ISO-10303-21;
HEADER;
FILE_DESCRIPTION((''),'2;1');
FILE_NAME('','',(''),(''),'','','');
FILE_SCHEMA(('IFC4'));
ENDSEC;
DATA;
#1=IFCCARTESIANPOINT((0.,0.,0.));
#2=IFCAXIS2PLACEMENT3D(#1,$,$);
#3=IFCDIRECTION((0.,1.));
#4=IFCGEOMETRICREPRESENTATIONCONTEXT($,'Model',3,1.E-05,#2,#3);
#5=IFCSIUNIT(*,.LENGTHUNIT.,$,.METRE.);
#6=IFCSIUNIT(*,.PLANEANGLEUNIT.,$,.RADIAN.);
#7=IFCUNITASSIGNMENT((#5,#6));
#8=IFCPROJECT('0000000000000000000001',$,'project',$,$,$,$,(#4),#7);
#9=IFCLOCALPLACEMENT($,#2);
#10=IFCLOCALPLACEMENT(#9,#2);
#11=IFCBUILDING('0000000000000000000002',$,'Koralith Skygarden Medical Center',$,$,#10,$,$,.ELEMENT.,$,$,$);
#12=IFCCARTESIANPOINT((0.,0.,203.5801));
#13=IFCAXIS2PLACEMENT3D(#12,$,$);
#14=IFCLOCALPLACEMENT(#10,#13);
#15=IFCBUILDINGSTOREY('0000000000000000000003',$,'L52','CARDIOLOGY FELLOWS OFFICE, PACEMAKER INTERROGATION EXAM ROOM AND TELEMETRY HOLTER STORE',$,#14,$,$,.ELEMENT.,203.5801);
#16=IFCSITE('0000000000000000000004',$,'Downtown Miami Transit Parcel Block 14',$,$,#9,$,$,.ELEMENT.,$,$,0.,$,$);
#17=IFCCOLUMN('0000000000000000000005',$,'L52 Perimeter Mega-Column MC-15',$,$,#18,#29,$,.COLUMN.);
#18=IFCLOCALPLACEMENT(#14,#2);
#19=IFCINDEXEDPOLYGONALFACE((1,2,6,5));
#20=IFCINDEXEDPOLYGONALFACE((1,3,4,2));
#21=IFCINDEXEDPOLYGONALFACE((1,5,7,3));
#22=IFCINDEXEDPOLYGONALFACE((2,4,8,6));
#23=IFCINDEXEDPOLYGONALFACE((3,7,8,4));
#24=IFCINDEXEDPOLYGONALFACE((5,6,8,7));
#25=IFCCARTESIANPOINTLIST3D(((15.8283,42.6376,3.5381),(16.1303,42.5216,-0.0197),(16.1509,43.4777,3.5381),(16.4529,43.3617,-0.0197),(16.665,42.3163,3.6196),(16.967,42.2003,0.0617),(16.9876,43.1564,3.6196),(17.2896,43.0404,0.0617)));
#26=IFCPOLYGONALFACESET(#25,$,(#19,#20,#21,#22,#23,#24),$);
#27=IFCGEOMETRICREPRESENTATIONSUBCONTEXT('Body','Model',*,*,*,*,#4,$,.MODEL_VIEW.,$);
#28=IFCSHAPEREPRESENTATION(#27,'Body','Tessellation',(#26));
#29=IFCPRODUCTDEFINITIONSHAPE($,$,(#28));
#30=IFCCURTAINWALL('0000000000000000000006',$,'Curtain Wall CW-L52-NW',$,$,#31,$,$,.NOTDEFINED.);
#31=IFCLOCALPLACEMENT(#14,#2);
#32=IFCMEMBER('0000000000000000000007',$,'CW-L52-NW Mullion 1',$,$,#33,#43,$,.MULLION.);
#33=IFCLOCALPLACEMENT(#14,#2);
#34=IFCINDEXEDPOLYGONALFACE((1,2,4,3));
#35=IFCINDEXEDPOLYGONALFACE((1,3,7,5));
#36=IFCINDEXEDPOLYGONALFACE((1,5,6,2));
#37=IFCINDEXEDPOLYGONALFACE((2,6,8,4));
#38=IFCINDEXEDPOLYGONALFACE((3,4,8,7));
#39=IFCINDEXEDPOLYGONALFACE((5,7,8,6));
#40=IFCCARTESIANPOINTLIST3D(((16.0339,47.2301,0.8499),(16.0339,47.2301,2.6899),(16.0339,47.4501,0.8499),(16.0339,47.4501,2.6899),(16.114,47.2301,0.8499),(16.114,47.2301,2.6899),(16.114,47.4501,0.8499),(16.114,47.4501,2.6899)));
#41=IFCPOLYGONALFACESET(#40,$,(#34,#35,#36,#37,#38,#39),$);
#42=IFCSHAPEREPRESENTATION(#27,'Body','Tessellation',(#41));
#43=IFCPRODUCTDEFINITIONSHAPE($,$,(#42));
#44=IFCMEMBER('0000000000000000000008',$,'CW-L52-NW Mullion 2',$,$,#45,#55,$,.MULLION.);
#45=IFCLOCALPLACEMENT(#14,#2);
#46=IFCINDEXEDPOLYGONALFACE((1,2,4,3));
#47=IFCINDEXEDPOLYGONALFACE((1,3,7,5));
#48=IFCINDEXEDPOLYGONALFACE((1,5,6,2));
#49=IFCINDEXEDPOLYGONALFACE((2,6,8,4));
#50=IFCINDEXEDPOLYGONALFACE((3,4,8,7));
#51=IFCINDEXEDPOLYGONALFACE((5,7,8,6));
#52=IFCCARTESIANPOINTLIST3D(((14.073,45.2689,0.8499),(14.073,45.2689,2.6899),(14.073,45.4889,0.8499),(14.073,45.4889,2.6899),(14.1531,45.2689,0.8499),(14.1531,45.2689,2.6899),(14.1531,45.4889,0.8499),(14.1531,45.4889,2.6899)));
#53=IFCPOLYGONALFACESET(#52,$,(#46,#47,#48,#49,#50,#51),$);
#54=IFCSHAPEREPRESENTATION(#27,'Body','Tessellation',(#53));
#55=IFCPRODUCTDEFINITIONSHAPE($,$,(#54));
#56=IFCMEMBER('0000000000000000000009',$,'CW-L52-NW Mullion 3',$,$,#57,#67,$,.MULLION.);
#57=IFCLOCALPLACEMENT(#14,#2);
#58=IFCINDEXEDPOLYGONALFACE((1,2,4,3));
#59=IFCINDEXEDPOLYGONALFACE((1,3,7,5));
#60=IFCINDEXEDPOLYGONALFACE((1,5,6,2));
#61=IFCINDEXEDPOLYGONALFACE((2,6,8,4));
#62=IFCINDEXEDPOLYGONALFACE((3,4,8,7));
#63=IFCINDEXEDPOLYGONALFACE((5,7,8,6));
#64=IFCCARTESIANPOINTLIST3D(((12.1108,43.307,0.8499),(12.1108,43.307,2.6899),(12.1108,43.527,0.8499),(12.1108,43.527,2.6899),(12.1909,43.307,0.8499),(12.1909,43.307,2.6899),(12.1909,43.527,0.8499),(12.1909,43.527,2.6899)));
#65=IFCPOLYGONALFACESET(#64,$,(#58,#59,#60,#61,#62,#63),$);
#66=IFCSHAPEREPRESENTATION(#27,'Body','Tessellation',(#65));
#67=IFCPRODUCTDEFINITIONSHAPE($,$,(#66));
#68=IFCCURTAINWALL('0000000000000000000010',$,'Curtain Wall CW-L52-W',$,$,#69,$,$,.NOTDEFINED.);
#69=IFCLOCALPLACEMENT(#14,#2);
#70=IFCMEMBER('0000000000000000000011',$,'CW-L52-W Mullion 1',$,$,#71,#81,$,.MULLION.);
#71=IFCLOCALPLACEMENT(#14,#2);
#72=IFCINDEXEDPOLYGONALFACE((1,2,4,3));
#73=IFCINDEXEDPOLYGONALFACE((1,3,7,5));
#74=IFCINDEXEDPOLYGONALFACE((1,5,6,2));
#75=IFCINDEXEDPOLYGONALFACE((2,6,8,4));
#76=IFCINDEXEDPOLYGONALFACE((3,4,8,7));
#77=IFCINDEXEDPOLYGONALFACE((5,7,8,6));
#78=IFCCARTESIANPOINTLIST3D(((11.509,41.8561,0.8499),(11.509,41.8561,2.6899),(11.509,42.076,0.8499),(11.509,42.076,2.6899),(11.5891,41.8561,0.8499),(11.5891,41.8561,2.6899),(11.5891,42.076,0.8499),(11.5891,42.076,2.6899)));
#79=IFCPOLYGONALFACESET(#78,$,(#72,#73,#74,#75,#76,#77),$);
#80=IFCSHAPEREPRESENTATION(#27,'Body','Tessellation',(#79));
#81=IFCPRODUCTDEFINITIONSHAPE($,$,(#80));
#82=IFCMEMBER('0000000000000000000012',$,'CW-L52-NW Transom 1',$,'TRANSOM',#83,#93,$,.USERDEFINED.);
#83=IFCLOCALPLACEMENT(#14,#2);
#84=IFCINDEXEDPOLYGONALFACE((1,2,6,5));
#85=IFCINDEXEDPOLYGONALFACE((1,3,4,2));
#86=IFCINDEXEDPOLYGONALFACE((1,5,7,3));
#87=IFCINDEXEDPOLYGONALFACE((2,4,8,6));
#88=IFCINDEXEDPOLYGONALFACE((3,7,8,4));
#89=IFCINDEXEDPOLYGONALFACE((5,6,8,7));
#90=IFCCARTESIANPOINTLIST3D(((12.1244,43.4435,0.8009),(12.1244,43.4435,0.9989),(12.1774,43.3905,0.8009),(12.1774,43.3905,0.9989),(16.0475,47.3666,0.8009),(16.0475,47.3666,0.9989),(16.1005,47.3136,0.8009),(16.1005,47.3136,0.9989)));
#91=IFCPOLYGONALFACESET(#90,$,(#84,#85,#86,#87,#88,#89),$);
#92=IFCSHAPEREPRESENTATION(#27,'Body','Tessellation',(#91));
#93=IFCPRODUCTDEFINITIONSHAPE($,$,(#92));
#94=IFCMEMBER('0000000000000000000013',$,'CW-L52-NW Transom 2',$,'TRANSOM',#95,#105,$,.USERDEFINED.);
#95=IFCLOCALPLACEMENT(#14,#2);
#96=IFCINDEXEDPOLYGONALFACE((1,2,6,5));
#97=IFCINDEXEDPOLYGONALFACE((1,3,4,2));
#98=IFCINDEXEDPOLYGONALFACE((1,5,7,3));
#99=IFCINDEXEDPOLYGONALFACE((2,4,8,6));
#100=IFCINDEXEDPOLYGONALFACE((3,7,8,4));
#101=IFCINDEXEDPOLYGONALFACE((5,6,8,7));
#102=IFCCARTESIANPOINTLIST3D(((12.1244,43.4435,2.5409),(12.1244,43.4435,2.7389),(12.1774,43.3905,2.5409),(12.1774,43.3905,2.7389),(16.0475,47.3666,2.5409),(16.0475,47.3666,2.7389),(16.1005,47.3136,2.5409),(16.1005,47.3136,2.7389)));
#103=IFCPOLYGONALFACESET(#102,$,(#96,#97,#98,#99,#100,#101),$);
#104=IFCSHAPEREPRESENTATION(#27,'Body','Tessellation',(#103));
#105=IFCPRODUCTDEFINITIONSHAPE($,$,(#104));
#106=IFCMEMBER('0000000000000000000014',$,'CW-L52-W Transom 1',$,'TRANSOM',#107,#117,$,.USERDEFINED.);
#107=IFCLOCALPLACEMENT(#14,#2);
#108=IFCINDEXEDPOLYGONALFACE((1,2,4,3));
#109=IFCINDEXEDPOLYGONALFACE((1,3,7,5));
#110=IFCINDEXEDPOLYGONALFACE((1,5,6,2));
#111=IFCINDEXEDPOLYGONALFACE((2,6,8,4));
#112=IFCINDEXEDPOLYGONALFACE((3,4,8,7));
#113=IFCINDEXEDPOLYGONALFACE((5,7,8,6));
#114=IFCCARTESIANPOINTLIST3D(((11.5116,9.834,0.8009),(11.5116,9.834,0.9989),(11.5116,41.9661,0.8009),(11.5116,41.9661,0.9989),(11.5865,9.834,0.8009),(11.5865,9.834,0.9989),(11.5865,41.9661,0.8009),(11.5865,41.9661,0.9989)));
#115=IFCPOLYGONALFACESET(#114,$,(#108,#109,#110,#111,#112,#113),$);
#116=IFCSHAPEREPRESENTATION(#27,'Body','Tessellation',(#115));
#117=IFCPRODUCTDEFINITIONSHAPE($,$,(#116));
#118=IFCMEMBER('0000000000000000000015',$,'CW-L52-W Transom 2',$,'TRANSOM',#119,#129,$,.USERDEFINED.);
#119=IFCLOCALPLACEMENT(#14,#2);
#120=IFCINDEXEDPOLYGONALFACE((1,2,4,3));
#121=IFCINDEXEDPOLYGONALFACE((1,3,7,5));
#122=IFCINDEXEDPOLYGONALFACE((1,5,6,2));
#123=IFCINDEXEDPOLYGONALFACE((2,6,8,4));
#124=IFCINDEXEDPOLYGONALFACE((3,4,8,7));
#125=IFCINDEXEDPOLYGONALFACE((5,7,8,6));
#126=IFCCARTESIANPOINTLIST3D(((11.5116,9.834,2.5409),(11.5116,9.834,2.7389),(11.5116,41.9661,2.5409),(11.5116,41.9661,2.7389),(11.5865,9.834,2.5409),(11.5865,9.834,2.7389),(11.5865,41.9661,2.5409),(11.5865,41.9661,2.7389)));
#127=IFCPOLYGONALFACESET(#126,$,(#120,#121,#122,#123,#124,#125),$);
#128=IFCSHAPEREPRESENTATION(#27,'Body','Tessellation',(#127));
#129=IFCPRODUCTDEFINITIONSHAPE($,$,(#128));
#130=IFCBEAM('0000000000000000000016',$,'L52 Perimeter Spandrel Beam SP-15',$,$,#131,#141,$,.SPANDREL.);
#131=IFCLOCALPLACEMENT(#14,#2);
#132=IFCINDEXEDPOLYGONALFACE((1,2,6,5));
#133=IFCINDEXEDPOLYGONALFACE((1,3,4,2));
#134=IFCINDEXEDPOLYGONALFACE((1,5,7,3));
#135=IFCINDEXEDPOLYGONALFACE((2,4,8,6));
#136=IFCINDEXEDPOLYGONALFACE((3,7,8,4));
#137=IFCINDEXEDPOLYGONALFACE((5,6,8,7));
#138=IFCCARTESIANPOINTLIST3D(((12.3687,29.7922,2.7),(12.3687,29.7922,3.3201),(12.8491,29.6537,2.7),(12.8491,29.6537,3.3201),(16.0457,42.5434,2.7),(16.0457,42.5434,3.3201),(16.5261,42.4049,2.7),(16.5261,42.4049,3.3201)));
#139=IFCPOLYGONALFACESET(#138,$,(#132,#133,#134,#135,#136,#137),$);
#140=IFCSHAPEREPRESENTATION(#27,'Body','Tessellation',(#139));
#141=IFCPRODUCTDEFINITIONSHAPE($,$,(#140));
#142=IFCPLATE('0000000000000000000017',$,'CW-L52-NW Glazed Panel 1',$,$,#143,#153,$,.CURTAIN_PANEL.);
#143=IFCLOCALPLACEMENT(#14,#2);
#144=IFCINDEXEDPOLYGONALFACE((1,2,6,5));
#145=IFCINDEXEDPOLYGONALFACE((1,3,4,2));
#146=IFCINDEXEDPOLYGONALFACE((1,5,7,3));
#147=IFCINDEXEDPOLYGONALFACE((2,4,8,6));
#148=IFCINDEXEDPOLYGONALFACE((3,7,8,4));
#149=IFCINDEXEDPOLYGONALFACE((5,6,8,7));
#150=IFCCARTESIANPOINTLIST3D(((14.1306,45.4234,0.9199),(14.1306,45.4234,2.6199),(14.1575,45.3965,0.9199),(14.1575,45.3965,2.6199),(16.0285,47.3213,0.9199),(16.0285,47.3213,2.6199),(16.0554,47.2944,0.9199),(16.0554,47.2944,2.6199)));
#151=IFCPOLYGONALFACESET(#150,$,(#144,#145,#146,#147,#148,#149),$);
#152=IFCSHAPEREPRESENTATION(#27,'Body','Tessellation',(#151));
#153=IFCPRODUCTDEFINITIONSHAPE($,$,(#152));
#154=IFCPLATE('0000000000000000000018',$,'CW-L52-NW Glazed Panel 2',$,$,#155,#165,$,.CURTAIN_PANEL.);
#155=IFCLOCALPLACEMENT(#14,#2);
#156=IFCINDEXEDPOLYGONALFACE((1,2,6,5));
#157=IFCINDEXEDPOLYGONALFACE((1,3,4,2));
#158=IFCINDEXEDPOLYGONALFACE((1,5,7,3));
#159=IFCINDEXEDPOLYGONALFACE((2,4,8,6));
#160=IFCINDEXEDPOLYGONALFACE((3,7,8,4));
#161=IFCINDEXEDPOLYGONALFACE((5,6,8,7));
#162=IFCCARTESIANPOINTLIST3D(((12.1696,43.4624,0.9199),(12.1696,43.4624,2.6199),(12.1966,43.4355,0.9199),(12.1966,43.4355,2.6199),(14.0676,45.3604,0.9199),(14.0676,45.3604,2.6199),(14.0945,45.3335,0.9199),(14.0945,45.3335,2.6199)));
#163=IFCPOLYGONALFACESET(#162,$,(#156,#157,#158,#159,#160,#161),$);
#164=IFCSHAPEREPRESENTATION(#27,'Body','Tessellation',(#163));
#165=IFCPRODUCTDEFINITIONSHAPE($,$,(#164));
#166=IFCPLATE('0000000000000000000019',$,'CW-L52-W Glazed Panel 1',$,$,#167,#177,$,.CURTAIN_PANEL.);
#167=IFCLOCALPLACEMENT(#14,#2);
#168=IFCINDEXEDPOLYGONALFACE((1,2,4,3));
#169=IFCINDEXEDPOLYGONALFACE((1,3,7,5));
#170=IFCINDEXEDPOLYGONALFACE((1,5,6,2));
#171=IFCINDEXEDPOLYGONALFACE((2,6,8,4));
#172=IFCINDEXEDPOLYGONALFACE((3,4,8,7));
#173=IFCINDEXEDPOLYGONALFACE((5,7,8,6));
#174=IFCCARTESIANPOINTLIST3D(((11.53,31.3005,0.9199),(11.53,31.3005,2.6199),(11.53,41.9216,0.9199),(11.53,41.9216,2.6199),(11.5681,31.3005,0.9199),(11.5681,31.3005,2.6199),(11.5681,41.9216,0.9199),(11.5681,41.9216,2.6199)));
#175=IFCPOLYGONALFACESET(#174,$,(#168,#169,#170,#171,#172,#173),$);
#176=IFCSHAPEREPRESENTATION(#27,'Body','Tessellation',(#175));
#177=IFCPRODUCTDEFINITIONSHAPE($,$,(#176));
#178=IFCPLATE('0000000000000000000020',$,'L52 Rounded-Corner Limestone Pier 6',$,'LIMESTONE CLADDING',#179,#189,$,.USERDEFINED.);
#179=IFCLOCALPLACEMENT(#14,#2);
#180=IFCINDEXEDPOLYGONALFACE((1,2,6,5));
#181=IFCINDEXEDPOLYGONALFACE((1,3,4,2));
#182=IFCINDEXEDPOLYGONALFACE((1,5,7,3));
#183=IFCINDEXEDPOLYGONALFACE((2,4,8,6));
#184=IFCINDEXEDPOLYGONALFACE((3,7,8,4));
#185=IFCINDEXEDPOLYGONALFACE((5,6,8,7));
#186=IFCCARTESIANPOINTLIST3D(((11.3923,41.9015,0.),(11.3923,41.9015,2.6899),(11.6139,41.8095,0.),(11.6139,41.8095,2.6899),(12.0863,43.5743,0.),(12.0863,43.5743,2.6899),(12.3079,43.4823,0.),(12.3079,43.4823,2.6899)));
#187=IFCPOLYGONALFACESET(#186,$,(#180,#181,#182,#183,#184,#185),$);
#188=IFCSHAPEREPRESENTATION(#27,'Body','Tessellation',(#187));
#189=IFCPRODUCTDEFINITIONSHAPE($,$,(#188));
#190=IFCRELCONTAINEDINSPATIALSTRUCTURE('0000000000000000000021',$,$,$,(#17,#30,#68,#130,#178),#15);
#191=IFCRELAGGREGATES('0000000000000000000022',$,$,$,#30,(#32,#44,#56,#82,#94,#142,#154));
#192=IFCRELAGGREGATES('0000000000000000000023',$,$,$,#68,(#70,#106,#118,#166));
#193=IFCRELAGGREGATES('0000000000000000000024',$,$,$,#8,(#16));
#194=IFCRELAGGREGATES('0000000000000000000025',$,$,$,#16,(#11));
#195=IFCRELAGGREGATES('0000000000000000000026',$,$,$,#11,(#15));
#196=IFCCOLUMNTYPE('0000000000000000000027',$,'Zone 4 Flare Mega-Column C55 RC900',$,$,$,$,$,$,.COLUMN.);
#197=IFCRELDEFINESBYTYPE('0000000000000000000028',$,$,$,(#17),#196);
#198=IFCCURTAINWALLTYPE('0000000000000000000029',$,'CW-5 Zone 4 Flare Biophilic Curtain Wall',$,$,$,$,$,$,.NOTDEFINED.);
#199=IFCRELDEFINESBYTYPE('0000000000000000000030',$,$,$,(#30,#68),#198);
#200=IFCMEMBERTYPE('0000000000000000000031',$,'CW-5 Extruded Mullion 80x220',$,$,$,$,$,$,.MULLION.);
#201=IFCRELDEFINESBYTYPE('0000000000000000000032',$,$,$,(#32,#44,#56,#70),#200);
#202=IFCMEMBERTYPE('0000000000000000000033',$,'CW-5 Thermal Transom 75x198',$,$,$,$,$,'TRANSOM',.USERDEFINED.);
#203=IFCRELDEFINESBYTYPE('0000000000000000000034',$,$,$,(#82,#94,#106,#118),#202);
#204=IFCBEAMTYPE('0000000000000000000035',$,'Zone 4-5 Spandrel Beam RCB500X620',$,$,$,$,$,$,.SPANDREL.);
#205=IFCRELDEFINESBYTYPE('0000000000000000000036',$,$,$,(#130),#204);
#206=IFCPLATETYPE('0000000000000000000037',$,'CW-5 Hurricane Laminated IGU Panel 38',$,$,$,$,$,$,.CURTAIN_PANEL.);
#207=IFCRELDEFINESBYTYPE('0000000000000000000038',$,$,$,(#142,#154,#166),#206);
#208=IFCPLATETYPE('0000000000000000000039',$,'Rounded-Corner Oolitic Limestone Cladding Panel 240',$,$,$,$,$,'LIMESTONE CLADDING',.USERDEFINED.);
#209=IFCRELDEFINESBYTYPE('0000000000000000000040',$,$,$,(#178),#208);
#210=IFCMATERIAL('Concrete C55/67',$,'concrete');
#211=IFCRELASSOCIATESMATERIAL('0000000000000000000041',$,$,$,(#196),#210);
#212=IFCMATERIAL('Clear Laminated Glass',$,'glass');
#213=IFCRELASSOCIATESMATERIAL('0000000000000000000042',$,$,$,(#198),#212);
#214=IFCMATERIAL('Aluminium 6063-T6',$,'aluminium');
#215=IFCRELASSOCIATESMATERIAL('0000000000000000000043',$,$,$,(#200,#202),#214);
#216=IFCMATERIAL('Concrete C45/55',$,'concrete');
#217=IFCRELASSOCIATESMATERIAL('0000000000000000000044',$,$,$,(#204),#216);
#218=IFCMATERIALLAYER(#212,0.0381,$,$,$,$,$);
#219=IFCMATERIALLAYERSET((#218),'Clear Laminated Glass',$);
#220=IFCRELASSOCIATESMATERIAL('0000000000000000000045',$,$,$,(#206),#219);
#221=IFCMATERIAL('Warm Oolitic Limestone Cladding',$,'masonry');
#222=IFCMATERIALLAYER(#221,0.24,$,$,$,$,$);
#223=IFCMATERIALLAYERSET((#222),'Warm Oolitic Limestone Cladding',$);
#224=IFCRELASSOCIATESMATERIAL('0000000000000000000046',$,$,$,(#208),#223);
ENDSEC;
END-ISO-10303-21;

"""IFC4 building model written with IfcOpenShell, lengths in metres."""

from ifc_helpers import new_model, si_unit, direction, frame, origin, origin_2d, place, context, subcontext, project, spatial, rectangle, extrude, material, layer, layer_set, material_profile, profile_set, type_object, element, aggregate, save


model = new_model("IFC4")

# Units and contexts
model_context = context("Model", 3, precision=1e-05, world=origin(), true_north=direction((0.0, 1.0)))
body_context = subcontext(model_context, "Body", "Model", "MODEL_VIEW")
ifc_project = project(units=[si_unit("LENGTHUNIT", "METRE"), si_unit("PLANEANGLEUNIT", "RADIAN")], contexts=[model_context])

# Site, building, storey
site_placement = place(None, origin())
site = spatial("IfcSite", under=ifc_project, at=site_placement, Name="Downtown Miami Transit Parcel Block 14", CompositionType="ELEMENT", RefElevation=0.0)
building_placement = place(site_placement, origin())
building = spatial("IfcBuilding", under=site, at=building_placement, Name="Koralith Skygarden Medical Center", CompositionType="ELEMENT")
storey_placement = place(building_placement, frame((0.0, 0.0, 203.5801)))
storey = spatial("IfcBuildingStorey", under=building, at=storey_placement, Name="L52", Description="CARDIOLOGY FELLOWS OFFICE, PACEMAKER INTERROGATION EXAM ROOM AND TELEMETRY HOLTER STORE", CompositionType="ELEMENT", Elevation=203.5801)

# Column
ifc_material_1 = material(Name="Concrete C55/67", Category="concrete")
ifc_material_profile_1 = material_profile(ifc_material_1, rectangle(XDim=0.8999, YDim=0.8999, at=origin_2d()), Name="RC900X900")
ifc_profile_set_1 = profile_set([ifc_material_profile_1], Name="Concrete C55/67")
column_type = type_object("IfcColumnType", Name="Zone 4 Flare Mega-Column C55 RC900", PredefinedType="COLUMN", material=ifc_profile_set_1)
column_placement = place(storey_placement, frame((16.71, 42.781, 0.021), z_axis=(-0.084534, 0.032461, 0.995892), x_axis=(-0.358473, -0.93354, 0.0)))
element("IfcColumn", 1, at=column_placement, inside=storey, type_object=column_type, Name="L52 Perimeter Mega-Column MC-15", PredefinedType="COLUMN", context=body_context, shape_type="SweptSolid", body=[
    extrude(rectangle(XDim=0.8999, YDim=0.8999, at=origin_2d()), origin(), (0.0, 0.0, 1.0), 3.5725),
])

# Curtain wall, members
ifc_material_2 = material(Name="Clear Laminated Glass", Category="glass")
curtain_wall_type = type_object("IfcCurtainWallType", Name="CW-5 Zone 4 Flare Biophilic Curtain Wall", PredefinedType="NOTDEFINED", material=ifc_material_2)
curtain_wall_1_placement = place(storey_placement, origin())
curtain_wall_1 = element("IfcCurtainWall", 2, at=curtain_wall_1_placement, inside=storey, type_object=curtain_wall_type, Name="Curtain Wall CW-L52-NW", PredefinedType="NOTDEFINED")
ifc_material_3 = material(Name="Aluminium 6063-T6", Category="aluminium")
ifc_material_profile_2 = material_profile(ifc_material_3, rectangle(XDim=0.0801, YDim=0.22, at=origin_2d()), Name="MUL80X220")
ifc_profile_set_2 = profile_set([ifc_material_profile_2], Name="Aluminium 6063-T6")
member_type_1 = type_object("IfcMemberType", Name="CW-5 Extruded Mullion 80x220", PredefinedType="MULLION", material=ifc_profile_set_2)
member_1_placement = place(storey_placement, frame((16.074, 47.3401, 0.8499), z_axis=(0.0, 0.0, 1.0), x_axis=(1.0, 0.0, 0.0)))
member_1 = element("IfcMember", 3, at=member_1_placement, type_object=member_type_1, Name="CW-L52-NW Mullion 1", PredefinedType="MULLION", context=body_context, shape_type="SweptSolid", body=[
    extrude(rectangle(XDim=0.0801, YDim=0.22, at=origin_2d()), origin(), (0.0, 0.0, 1.0), 1.8401),
])
member_2_placement = place(storey_placement, frame((14.113, 45.3789, 0.8499), z_axis=(0.0, 0.0, 1.0), x_axis=(1.0, 0.0, 0.0)))
member_2 = element("IfcMember", 4, at=member_2_placement, type_object=member_type_1, Name="CW-L52-NW Mullion 2", PredefinedType="MULLION", context=body_context, shape_type="SweptSolid", body=[
    extrude(rectangle(XDim=0.0801, YDim=0.22, at=origin_2d()), origin(), (0.0, 0.0, 1.0), 1.8401),
])
member_3_placement = place(storey_placement, frame((12.1509, 43.417, 0.8499), z_axis=(0.0, 0.0, 1.0), x_axis=(1.0, 0.0, 0.0)))
member_3 = element("IfcMember", 5, at=member_3_placement, type_object=member_type_1, Name="CW-L52-NW Mullion 3", PredefinedType="MULLION", context=body_context, shape_type="SweptSolid", body=[
    extrude(rectangle(XDim=0.0801, YDim=0.22, at=origin_2d()), origin(), (0.0, 0.0, 1.0), 1.8401),
])

# Curtain wall, member
curtain_wall_2_placement = place(storey_placement, origin())
curtain_wall_2 = element("IfcCurtainWall", 6, at=curtain_wall_2_placement, inside=storey, type_object=curtain_wall_type, Name="Curtain Wall CW-L52-W", PredefinedType="NOTDEFINED")
member_4_placement = place(storey_placement, frame((11.5491, 41.9661, 0.8499), z_axis=(0.0, 0.0, 1.0), x_axis=(1.0, 0.0, 0.0)))
member_4 = element("IfcMember", 7, at=member_4_placement, type_object=member_type_1, Name="CW-L52-W Mullion 1", PredefinedType="MULLION", context=body_context, shape_type="SweptSolid", body=[
    extrude(rectangle(XDim=0.0801, YDim=0.22, at=origin_2d()), origin(), (0.0, 0.0, 1.0), 1.8401),
])

# Members
ifc_material_profile_3 = material_profile(ifc_material_3, rectangle(XDim=0.075, YDim=0.198, at=origin_2d()), Name="TRN75X198")
ifc_profile_set_3 = profile_set([ifc_material_profile_3], Name="Aluminium 6063-T6")
member_type_2 = type_object("IfcMemberType", Name="CW-5 Thermal Transom 75x198", ElementType="TRANSOM", PredefinedType="USERDEFINED", material=ifc_profile_set_3)
member_5_placement = place(storey_placement, frame((16.074, 47.3401, 0.8999), z_axis=(-0.707107, -0.707107, 0.0), x_axis=(0.707107, -0.707107, 0.0)))
member_5 = element("IfcMember", 8, at=member_5_placement, type_object=member_type_2, Name="CW-L52-NW Transom 1", ObjectType="TRANSOM", PredefinedType="USERDEFINED", context=body_context, shape_type="SweptSolid", body=[
    extrude(rectangle(XDim=0.075, YDim=0.198, at=origin_2d()), origin(), (0.0, 0.0, 1.0), 5.5481),
])
member_6_placement = place(storey_placement, frame((16.074, 47.3401, 2.6399), z_axis=(-0.707107, -0.707107, 0.0), x_axis=(0.707107, -0.707107, 0.0)))
member_6 = element("IfcMember", 9, at=member_6_placement, type_object=member_type_2, Name="CW-L52-NW Transom 2", ObjectType="TRANSOM", PredefinedType="USERDEFINED", context=body_context, shape_type="SweptSolid", body=[
    extrude(rectangle(XDim=0.075, YDim=0.198, at=origin_2d()), origin(), (0.0, 0.0, 1.0), 5.5481),
])
member_7_placement = place(storey_placement, frame((11.5491, 41.9661, 0.8999), z_axis=(0.0, -1.0, 0.0), x_axis=(1.0, 0.0, 0.0)))
member_7 = element("IfcMember", 10, at=member_7_placement, type_object=member_type_2, Name="CW-L52-W Transom 1", ObjectType="TRANSOM", PredefinedType="USERDEFINED", context=body_context, shape_type="SweptSolid", body=[
    extrude(rectangle(XDim=0.075, YDim=0.198, at=origin_2d()), origin(), (0.0, 0.0, 1.0), 32.1321),
])
member_8_placement = place(storey_placement, frame((11.5491, 41.9661, 2.6399), z_axis=(0.0, -1.0, 0.0), x_axis=(1.0, 0.0, 0.0)))
member_8 = element("IfcMember", 11, at=member_8_placement, type_object=member_type_2, Name="CW-L52-W Transom 2", ObjectType="TRANSOM", PredefinedType="USERDEFINED", context=body_context, shape_type="SweptSolid", body=[
    extrude(rectangle(XDim=0.075, YDim=0.198, at=origin_2d()), origin(), (0.0, 0.0, 1.0), 32.1321),
])

# Beam
ifc_material_4 = material(Name="Concrete C45/55", Category="concrete")
ifc_material_profile_4 = material_profile(ifc_material_4, rectangle(XDim=0.5, YDim=0.6201, at=origin_2d()), Name="RCB500X620")
ifc_profile_set_4 = profile_set([ifc_material_profile_4], Name="Concrete C45/55")
beam_type = type_object("IfcBeamType", Name="Zone 4-5 Spandrel Beam RCB500X620", PredefinedType="SPANDREL", material=ifc_profile_set_4)
beam_placement = place(storey_placement, frame((16.2859, 42.4741, 3.01), z_axis=(-0.277075, -0.960848, 0.0), x_axis=(0.960848, -0.277075, 0.0)))
element("IfcBeam", 12, at=beam_placement, inside=storey, type_object=beam_type, Name="L52 Perimeter Spandrel Beam SP-15", PredefinedType="SPANDREL", context=body_context, shape_type="SweptSolid", body=[
    extrude(rectangle(XDim=0.5, YDim=0.6201, at=origin_2d()), origin(), (0.0, 0.0, 1.0), 13.2708),
])

# Plates
ifc_layer_1 = layer(ifc_material_2, 0.0381)
ifc_layer_set_1 = layer_set([ifc_layer_1], Name="Clear Laminated Glass")
plate_type_1 = type_object("IfcPlateType", Name="CW-5 Hurricane Laminated IGU Panel 38", PredefinedType="CURTAIN_PANEL", material=ifc_layer_set_1)
plate_1_placement = place(storey_placement, frame((15.093, 46.3589, 0.9199), z_axis=(0.0, 0.0, 1.0), x_axis=(-0.707107, -0.707107, 0.0)))
plate_1 = element("IfcPlate", 13, at=plate_1_placement, type_object=plate_type_1, Name="CW-L52-NW Glazed Panel 1", PredefinedType="CURTAIN_PANEL", context=body_context, shape_type="SweptSolid", body=[
    extrude(rectangle(XDim=2.6841, YDim=0.0381, at=origin_2d()), origin(), (0.0, 0.0, 1.0), 1.7),
])
plate_2_placement = place(storey_placement, frame((13.1321, 44.3979, 0.9199), z_axis=(0.0, 0.0, 1.0), x_axis=(-0.707107, -0.707107, 0.0)))
plate_2 = element("IfcPlate", 14, at=plate_2_placement, type_object=plate_type_1, Name="CW-L52-NW Glazed Panel 2", PredefinedType="CURTAIN_PANEL", context=body_context, shape_type="SweptSolid", body=[
    extrude(rectangle(XDim=2.6841, YDim=0.0381, at=origin_2d()), origin(), (0.0, 0.0, 1.0), 1.7),
])
aggregate(curtain_wall_1, [member_1, member_2, member_3, member_5, member_6, plate_1, plate_2])
plate_3_placement = place(storey_placement, frame((11.5491, 36.6111, 0.9199), z_axis=(0.0, 0.0, 1.0), x_axis=(0.0, -1.0, 0.0)))
plate_3 = element("IfcPlate", 15, at=plate_3_placement, type_object=plate_type_1, Name="CW-L52-W Glazed Panel 1", PredefinedType="CURTAIN_PANEL", context=body_context, shape_type="SweptSolid", body=[
    extrude(rectangle(XDim=10.6211, YDim=0.0381, at=origin_2d()), origin(), (0.0, 0.0, 1.0), 1.7),
])
aggregate(curtain_wall_2, [member_4, member_7, member_8, plate_3])
ifc_material_5 = material(Name="Warm Oolitic Limestone Cladding", Category="masonry")
ifc_layer_2 = layer(ifc_material_5, 0.24)
ifc_layer_set_2 = layer_set([ifc_layer_2], Name="Warm Oolitic Limestone Cladding")
plate_type_2 = type_object("IfcPlateType", Name="Rounded-Corner Oolitic Limestone Cladding Panel 240", ElementType="LIMESTONE CLADDING", PredefinedType="USERDEFINED", material=ifc_layer_set_2)
plate_4_placement = place(storey_placement, frame((11.8501, 42.6919, 0.0), z_axis=(0.0, 0.0, 1.0), x_axis=(-0.383214, -0.92366, 0.0)))
element("IfcPlate", 16, at=plate_4_placement, inside=storey, type_object=plate_type_2, Name="L52 Rounded-Corner Limestone Pier 6", ObjectType="LIMESTONE CLADDING", PredefinedType="USERDEFINED", context=body_context, shape_type="SweptSolid", body=[
    extrude(rectangle(XDim=1.811, YDim=0.24, at=origin_2d()), origin(), (0.0, 0.0, 1.0), 2.6899),
])

save(model, "model.ifc")
